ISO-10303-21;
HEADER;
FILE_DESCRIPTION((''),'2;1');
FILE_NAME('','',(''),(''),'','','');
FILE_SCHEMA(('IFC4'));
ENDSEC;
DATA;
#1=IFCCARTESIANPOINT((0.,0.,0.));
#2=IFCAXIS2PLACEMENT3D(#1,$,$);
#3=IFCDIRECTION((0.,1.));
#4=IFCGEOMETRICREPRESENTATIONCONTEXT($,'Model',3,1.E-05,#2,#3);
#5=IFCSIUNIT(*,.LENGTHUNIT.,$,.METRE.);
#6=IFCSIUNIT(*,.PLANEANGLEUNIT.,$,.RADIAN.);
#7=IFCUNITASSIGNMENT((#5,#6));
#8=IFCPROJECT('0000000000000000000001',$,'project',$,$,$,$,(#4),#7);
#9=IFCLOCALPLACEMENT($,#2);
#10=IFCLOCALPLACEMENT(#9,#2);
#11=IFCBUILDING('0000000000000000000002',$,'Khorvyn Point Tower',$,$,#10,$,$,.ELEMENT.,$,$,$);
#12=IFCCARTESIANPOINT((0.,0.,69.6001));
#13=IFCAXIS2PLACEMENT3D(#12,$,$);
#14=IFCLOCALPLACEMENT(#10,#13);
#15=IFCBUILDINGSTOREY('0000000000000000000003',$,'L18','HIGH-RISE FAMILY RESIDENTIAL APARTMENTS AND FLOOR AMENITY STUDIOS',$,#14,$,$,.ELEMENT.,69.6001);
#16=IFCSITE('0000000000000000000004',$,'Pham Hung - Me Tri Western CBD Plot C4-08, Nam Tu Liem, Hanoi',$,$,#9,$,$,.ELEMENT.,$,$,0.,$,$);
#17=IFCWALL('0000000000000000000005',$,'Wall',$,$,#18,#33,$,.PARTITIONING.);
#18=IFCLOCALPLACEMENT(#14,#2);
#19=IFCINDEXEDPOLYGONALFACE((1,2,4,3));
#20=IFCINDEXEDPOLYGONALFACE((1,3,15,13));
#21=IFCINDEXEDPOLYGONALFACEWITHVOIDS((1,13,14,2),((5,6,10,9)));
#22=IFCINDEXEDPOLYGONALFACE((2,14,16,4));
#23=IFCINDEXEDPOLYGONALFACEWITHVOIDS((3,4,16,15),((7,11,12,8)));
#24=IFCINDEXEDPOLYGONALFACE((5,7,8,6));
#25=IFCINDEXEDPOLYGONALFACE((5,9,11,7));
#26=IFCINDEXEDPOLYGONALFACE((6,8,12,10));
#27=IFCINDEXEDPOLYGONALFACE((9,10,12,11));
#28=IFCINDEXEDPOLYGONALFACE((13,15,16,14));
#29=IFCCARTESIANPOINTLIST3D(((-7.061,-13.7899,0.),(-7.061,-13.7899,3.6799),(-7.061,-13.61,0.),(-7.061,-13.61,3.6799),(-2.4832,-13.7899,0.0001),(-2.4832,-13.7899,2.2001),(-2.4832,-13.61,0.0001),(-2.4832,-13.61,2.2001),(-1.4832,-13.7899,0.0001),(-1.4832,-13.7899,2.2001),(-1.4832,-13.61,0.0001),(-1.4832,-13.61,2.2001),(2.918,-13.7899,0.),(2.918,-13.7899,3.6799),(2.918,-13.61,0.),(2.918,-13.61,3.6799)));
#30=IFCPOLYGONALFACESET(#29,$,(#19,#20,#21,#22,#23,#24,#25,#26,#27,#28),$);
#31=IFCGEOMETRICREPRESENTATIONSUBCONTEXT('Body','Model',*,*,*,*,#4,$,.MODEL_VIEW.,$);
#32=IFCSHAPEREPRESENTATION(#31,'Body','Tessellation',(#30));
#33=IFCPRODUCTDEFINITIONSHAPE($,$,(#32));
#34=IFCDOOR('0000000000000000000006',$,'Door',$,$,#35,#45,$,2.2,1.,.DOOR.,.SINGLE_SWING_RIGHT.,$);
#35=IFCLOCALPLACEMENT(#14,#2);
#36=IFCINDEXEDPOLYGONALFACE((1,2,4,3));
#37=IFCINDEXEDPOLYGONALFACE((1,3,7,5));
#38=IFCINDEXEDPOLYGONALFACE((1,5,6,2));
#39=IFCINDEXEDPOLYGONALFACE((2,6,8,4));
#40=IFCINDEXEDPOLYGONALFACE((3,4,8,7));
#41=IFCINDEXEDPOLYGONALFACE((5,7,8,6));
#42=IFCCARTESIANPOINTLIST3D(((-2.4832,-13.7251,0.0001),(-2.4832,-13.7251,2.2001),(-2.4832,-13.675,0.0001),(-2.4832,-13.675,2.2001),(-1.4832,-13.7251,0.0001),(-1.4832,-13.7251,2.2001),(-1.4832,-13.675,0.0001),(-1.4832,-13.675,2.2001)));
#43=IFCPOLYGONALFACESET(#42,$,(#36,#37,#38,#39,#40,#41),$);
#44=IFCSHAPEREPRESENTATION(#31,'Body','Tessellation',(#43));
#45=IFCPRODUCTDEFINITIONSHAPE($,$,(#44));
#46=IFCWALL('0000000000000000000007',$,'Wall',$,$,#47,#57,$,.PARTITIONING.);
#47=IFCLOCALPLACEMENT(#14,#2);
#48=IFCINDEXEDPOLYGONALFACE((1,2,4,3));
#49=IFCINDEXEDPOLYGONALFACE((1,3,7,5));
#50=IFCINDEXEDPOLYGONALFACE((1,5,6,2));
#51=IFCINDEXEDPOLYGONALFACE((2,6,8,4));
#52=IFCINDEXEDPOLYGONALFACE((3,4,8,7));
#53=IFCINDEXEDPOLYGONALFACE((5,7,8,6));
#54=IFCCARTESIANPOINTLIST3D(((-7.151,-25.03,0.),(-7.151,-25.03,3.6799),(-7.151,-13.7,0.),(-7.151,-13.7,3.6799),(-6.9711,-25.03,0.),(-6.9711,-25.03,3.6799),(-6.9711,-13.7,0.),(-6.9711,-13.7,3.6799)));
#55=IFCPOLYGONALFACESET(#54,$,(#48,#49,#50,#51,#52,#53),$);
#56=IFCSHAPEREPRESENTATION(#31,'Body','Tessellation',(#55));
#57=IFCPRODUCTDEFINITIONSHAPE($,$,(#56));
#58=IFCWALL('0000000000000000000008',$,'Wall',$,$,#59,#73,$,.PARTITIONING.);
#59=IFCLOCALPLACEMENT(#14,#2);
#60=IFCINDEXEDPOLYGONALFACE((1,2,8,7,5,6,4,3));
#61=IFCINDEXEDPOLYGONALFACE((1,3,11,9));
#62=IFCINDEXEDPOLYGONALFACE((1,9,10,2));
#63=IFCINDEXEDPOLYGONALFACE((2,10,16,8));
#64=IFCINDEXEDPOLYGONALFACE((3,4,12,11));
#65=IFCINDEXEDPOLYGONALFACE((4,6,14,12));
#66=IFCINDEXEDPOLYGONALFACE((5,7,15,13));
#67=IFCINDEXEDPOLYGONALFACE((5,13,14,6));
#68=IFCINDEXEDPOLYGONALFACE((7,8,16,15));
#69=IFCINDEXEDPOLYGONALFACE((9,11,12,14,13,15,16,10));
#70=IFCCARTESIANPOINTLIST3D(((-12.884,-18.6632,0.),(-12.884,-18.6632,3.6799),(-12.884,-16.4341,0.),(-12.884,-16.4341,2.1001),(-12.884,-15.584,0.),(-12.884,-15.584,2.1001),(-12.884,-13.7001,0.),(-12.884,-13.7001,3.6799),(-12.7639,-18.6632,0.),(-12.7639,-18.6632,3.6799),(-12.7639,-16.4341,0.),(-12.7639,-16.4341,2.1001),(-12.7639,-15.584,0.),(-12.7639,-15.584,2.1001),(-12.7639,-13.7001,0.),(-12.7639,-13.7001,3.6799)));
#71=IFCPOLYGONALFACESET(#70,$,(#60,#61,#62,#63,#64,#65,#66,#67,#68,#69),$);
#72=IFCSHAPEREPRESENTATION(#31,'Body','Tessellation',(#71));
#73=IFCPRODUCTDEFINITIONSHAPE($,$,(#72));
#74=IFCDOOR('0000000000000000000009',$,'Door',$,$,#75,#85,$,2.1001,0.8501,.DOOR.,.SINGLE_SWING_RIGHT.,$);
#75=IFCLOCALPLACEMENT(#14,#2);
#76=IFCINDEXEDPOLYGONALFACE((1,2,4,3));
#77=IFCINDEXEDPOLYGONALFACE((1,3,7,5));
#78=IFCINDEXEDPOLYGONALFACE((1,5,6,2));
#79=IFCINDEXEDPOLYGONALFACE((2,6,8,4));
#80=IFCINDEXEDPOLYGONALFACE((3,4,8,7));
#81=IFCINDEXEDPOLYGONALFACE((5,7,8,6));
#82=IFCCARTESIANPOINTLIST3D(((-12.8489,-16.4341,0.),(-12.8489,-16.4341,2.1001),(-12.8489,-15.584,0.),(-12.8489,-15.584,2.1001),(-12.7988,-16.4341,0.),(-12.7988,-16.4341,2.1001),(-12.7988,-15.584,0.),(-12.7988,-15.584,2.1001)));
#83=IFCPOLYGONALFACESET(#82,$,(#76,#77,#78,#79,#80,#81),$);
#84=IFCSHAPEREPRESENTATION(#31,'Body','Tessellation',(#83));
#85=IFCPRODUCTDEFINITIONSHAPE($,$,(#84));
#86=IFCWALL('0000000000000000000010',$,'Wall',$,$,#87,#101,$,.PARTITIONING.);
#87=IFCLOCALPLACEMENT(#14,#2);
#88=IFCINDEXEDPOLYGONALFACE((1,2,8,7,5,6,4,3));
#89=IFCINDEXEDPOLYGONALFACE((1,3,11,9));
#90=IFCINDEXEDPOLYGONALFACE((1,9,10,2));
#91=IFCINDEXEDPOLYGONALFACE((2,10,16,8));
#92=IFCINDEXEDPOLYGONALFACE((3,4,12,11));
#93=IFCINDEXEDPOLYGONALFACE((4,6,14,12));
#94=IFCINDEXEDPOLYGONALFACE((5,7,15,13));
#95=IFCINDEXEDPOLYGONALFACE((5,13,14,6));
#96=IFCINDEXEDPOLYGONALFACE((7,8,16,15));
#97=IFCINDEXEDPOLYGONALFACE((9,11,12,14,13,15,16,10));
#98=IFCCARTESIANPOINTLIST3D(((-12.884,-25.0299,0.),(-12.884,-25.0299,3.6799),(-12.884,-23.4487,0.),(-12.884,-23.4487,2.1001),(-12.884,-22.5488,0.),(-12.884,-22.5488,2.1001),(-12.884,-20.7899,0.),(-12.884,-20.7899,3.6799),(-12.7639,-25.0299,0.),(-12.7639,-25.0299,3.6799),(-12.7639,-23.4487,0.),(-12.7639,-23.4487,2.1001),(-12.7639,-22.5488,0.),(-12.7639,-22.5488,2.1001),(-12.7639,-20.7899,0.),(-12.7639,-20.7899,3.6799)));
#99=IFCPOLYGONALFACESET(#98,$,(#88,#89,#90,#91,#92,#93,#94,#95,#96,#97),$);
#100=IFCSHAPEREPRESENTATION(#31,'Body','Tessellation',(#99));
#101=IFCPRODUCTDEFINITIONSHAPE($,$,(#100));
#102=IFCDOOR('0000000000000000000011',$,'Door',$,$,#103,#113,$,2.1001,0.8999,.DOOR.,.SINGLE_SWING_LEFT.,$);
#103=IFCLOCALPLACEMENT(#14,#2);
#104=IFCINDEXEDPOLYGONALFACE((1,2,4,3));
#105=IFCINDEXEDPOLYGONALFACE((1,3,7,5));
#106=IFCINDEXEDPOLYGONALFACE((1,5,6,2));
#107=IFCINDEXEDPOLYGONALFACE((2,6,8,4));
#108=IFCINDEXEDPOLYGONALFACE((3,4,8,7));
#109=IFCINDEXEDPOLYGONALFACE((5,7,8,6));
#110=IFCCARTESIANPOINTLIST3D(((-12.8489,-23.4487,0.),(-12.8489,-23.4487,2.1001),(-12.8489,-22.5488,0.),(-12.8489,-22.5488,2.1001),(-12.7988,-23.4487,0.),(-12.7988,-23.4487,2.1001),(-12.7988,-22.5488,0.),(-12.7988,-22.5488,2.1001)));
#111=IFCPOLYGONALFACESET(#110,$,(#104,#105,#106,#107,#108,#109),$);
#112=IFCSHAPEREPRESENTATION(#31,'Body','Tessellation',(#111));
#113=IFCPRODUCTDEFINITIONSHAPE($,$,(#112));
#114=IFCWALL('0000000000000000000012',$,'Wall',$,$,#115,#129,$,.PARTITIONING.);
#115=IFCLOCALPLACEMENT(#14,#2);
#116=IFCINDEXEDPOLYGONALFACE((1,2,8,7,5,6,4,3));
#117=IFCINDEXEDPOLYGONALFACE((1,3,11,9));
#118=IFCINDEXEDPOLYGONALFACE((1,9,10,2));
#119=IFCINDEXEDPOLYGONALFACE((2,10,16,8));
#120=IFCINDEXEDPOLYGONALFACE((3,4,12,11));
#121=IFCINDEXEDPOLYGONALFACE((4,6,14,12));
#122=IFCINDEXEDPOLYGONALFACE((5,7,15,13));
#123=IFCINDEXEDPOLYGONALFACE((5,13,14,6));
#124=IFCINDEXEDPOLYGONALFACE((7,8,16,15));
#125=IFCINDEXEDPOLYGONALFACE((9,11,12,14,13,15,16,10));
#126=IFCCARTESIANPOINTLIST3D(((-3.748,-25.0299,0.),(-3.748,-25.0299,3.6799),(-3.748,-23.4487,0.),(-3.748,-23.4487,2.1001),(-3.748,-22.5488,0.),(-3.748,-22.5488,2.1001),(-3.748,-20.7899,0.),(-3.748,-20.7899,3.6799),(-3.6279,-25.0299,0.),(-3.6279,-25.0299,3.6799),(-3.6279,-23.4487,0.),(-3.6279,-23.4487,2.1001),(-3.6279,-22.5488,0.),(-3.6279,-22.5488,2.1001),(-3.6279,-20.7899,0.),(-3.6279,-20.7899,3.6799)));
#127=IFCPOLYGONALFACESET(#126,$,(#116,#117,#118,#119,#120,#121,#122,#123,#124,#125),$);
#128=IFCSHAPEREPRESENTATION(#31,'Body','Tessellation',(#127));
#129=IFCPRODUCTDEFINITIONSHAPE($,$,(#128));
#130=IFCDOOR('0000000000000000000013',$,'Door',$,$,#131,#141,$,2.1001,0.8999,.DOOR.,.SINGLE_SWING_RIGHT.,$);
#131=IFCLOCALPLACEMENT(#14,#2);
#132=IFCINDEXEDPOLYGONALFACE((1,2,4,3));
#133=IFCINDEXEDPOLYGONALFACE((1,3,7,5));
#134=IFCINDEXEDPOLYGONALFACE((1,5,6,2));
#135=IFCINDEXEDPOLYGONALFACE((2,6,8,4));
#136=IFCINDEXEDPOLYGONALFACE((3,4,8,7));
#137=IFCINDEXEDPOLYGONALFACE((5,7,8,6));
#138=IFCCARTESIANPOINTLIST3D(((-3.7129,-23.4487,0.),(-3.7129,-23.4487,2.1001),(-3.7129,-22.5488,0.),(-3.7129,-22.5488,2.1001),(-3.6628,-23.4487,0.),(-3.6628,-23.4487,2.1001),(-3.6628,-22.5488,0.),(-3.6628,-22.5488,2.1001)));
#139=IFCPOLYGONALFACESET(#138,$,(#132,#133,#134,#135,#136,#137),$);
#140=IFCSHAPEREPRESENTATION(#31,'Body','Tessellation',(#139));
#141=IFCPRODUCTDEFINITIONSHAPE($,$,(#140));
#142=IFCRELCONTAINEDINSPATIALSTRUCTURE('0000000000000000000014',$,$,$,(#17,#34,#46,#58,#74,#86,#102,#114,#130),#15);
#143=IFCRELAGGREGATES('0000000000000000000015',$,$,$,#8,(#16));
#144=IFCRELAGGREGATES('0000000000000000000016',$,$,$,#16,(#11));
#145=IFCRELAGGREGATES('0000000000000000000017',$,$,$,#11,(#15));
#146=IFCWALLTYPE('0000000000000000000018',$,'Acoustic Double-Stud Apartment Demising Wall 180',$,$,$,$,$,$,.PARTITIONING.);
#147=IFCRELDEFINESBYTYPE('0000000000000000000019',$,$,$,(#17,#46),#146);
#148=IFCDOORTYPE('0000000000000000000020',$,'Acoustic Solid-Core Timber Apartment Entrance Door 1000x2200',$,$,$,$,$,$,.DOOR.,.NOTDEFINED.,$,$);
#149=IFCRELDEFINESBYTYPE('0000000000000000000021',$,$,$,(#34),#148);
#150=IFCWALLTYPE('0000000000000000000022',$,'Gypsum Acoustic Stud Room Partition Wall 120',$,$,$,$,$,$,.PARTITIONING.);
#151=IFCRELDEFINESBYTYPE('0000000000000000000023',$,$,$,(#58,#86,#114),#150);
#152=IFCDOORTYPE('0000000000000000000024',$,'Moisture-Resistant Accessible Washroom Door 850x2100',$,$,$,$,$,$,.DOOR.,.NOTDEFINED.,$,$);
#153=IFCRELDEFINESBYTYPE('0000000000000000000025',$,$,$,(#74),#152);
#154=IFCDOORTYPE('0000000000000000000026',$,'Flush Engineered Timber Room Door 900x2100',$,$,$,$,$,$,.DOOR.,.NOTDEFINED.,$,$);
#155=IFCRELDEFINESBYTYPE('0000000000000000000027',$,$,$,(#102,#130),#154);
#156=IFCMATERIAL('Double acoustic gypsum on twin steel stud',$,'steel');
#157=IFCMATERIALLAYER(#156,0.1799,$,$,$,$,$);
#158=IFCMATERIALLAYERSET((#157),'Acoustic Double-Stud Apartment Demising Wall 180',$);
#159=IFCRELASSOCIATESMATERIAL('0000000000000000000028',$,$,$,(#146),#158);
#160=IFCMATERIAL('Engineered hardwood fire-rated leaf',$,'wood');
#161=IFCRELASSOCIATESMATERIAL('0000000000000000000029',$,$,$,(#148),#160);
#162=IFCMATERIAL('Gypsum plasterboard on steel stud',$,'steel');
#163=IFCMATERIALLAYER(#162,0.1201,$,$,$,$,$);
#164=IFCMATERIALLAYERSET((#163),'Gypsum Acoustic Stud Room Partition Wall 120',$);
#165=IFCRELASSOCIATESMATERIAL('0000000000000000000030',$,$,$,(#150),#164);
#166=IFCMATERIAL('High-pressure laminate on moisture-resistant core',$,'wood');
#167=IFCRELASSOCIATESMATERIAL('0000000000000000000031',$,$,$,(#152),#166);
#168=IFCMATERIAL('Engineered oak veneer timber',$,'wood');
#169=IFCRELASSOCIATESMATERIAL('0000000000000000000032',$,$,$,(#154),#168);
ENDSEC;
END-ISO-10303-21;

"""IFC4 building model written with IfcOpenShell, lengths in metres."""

from ifc_helpers import new_model, si_unit, direction, frame, frame_2d, origin, place, context, subcontext, project, spatial, rectangle, extrude, material, layer, layer_set, type_object, element, fill, save


model = new_model("IFC4")

# Units and contexts
model_context = context("Model", 3, precision=1e-05, world=origin(), true_north=direction((0.0, 1.0)))
body_context = subcontext(model_context, "Body", "Model", "MODEL_VIEW")
ifc_project = project(units=[si_unit("LENGTHUNIT", "METRE"), si_unit("PLANEANGLEUNIT", "RADIAN")], contexts=[model_context])

# Site, building, storey
site_placement = place(None, origin())
site = spatial("IfcSite", under=ifc_project, at=site_placement, Name="Pham Hung - Me Tri Western CBD Plot C4-08, Nam Tu Liem, Hanoi", CompositionType="ELEMENT", RefElevation=0.0)
building_placement = place(site_placement, origin())
building = spatial("IfcBuilding", under=site, at=building_placement, Name="Khorvyn Point Tower", CompositionType="ELEMENT")
storey_placement = place(building_placement, frame((0.0, 0.0, 69.6001)))
storey = spatial("IfcBuildingStorey", under=building, at=storey_placement, Name="L18", Description="HIGH-RISE FAMILY RESIDENTIAL APARTMENTS AND FLOOR AMENITY STUDIOS", CompositionType="ELEMENT", Elevation=69.6001)

# Wall, opening, door
ifc_material_1 = material(Name="Double acoustic gypsum on twin steel stud", Category="steel")
ifc_layer_1 = layer(ifc_material_1, 0.1799)
ifc_layer_set_1 = layer_set([ifc_layer_1], Name="Acoustic Double-Stud Apartment Demising Wall 180")
wall_type_1 = type_object("IfcWallType", Name="Acoustic Double-Stud Apartment Demising Wall 180", PredefinedType="PARTITIONING", material=ifc_layer_set_1)
wall_1_placement = place(storey_placement, frame((-7.061, -13.7, 0.0), z_axis=(0.0, 0.0, 1.0), x_axis=(1.0, 0.0, 0.0)))
wall_1 = element("IfcWall", 1, at=wall_1_placement, inside=storey, type_object=wall_type_1, Name="Wall", PredefinedType="PARTITIONING", context=body_context, shape_type="SweptSolid", body=[
    extrude(rectangle(XDim=9.979, YDim=0.1799, at=frame_2d((4.9895, 0.0))), origin(), (0.0, 0.0, 1.0), 3.6799),
])
opening_1_placement = place(wall_1_placement, frame((4.5779, 0.0, 0.0)))
opening_1 = element("IfcOpeningElement", 2, at=opening_1_placement, cuts=wall_1, PredefinedType="OPENING", context=body_context, shape_type="SweptSolid", body=[
    extrude(rectangle(XDim=1.0, YDim=2.2, at=frame_2d((0.5, 1.1001))), frame((0.0, 0.0999, 0.0), z_axis=(0.0, -1.0, 0.0), x_axis=(1.0, 0.0, 0.0)), (0.0, 0.0, 1.0), 0.2),
])
ifc_material_2 = material(Name="Engineered hardwood fire-rated leaf", Category="wood")
door_type_1 = type_object("IfcDoorType", Name="Acoustic Solid-Core Timber Apartment Entrance Door 1000x2200", OperationType="NOTDEFINED", PredefinedType="DOOR", material=ifc_material_2)
door_1_placement = place(opening_1_placement, origin())
door_1 = element("IfcDoor", 3, at=door_1_placement, inside=storey, type_object=door_type_1, Name="Door", OperationType="SINGLE_SWING_RIGHT", OverallHeight=2.2, OverallWidth=1.0, PredefinedType="DOOR", context=body_context, shape_type="SweptSolid", body=[
    extrude(rectangle(XDim=1.0, YDim=2.2, at=frame_2d((0.5, 1.1001))), frame((0.0, 0.0249, 0.0), z_axis=(0.0, -1.0, 0.0), x_axis=(1.0, 0.0, 0.0)), (0.0, 0.0, 1.0), 0.05),
])
fill(opening_1, door_1)

# Wall
wall_2_placement = place(storey_placement, frame((-7.061, -25.03, 0.0), z_axis=(0.0, 0.0, 1.0), x_axis=(0.0, 1.0, 0.0)))
element("IfcWall", 4, at=wall_2_placement, inside=storey, type_object=wall_type_1, Name="Wall", PredefinedType="PARTITIONING", context=body_context, shape_type="SweptSolid", body=[
    extrude(rectangle(XDim=11.3301, YDim=0.1799, at=frame_2d((5.665, 0.0))), origin(), (0.0, 0.0, 1.0), 3.6799),
])

# Walls, openings, doors
ifc_material_3 = material(Name="Gypsum plasterboard on steel stud", Category="steel")
ifc_layer_2 = layer(ifc_material_3, 0.1201)
ifc_layer_set_2 = layer_set([ifc_layer_2], Name="Gypsum Acoustic Stud Room Partition Wall 120")
wall_type_2 = type_object("IfcWallType", Name="Gypsum Acoustic Stud Room Partition Wall 120", PredefinedType="PARTITIONING", material=ifc_layer_set_2)
wall_3_placement = place(storey_placement, frame((-12.824, -18.6631, 0.0), z_axis=(0.0, 0.0, 1.0), x_axis=(0.0, 1.0, 0.0)))
wall_3 = element("IfcWall", 5, at=wall_3_placement, inside=storey, type_object=wall_type_2, Name="Wall", PredefinedType="PARTITIONING", context=body_context, shape_type="SweptSolid", body=[
    extrude(rectangle(XDim=4.9631, YDim=0.1201, at=frame_2d((2.4814, 0.0))), origin(), (0.0, 0.0, 1.0), 3.6799),
])
opening_2_placement = place(wall_3_placement, frame((2.229, 0.0, 0.0)))
opening_2 = element("IfcOpeningElement", 6, at=opening_2_placement, cuts=wall_3, PredefinedType="OPENING", context=body_context, shape_type="SweptSolid", body=[
    extrude(rectangle(XDim=0.8501, YDim=2.1001, at=frame_2d((0.425, 1.05))), frame((0.0, 0.0701, 0.0), z_axis=(0.0, -1.0, 0.0), x_axis=(1.0, 0.0, 0.0)), (0.0, 0.0, 1.0), 0.1401),
])
ifc_material_4 = material(Name="High-pressure laminate on moisture-resistant core", Category="wood")
door_type_2 = type_object("IfcDoorType", Name="Moisture-Resistant Accessible Washroom Door 850x2100", OperationType="NOTDEFINED", PredefinedType="DOOR", material=ifc_material_4)
door_2_placement = place(opening_2_placement, origin())
door_2 = element("IfcDoor", 7, at=door_2_placement, inside=storey, type_object=door_type_2, Name="Door", OperationType="SINGLE_SWING_RIGHT", OverallHeight=2.1001, OverallWidth=0.8501, PredefinedType="DOOR", context=body_context, shape_type="SweptSolid", body=[
    extrude(rectangle(XDim=0.8501, YDim=2.1001, at=frame_2d((0.425, 1.05))), frame((0.0, 0.0249, 0.0), z_axis=(0.0, -1.0, 0.0), x_axis=(1.0, 0.0, 0.0)), (0.0, 0.0, 1.0), 0.05),
])
fill(opening_2, door_2)
wall_4_placement = place(storey_placement, frame((-12.824, -25.03, 0.0), z_axis=(0.0, 0.0, 1.0), x_axis=(0.0, 1.0, 0.0)))
wall_4 = element("IfcWall", 8, at=wall_4_placement, inside=storey, type_object=wall_type_2, Name="Wall", PredefinedType="PARTITIONING", context=body_context, shape_type="SweptSolid", body=[
    extrude(rectangle(XDim=4.24, YDim=0.1201, at=frame_2d((2.1201, 0.0))), origin(), (0.0, 0.0, 1.0), 3.6799),
])
opening_3_placement = place(wall_4_placement, frame((1.5813, 0.0, 0.0)))
opening_3 = element("IfcOpeningElement", 9, at=opening_3_placement, cuts=wall_4, PredefinedType="OPENING", context=body_context, shape_type="SweptSolid", body=[
    extrude(rectangle(XDim=0.8999, YDim=2.1001, at=frame_2d((0.45, 1.05))), frame((0.0, 0.0701, 0.0), z_axis=(0.0, -1.0, 0.0), x_axis=(1.0, 0.0, 0.0)), (0.0, 0.0, 1.0), 0.1401),
])
ifc_material_5 = material(Name="Engineered oak veneer timber", Category="wood")
door_type_3 = type_object("IfcDoorType", Name="Flush Engineered Timber Room Door 900x2100", OperationType="NOTDEFINED", PredefinedType="DOOR", material=ifc_material_5)
door_3_placement = place(opening_3_placement, origin())
door_3 = element("IfcDoor", 10, at=door_3_placement, inside=storey, type_object=door_type_3, Name="Door", OperationType="SINGLE_SWING_LEFT", OverallHeight=2.1001, OverallWidth=0.8999, PredefinedType="DOOR", context=body_context, shape_type="SweptSolid", body=[
    extrude(rectangle(XDim=0.8999, YDim=2.1001, at=frame_2d((0.45, 1.05))), frame((0.0, 0.0249, 0.0), z_axis=(0.0, -1.0, 0.0), x_axis=(1.0, 0.0, 0.0)), (0.0, 0.0, 1.0), 0.05),
])
fill(opening_3, door_3)
wall_5_placement = place(storey_placement, frame((-3.688, -25.03, 0.0), z_axis=(0.0, 0.0, 1.0), x_axis=(0.0, 1.0, 0.0)))
wall_5 = element("IfcWall", 11, at=wall_5_placement, inside=storey, type_object=wall_type_2, Name="Wall", PredefinedType="PARTITIONING", context=body_context, shape_type="SweptSolid", body=[
    extrude(rectangle(XDim=4.24, YDim=0.1201, at=frame_2d((2.1201, 0.0))), origin(), (0.0, 0.0, 1.0), 3.6799),
])
opening_4_placement = place(wall_5_placement, frame((1.5813, 0.0, 0.0)))
opening_4 = element("IfcOpeningElement", 12, at=opening_4_placement, cuts=wall_5, PredefinedType="OPENING", context=body_context, shape_type="SweptSolid", body=[
    extrude(rectangle(XDim=0.8999, YDim=2.1001, at=frame_2d((0.45, 1.05))), frame((0.0, 0.0701, 0.0), z_axis=(0.0, -1.0, 0.0), x_axis=(1.0, 0.0, 0.0)), (0.0, 0.0, 1.0), 0.1401),
])
door_4_placement = place(opening_4_placement, origin())
door_4 = element("IfcDoor", 13, at=door_4_placement, inside=storey, type_object=door_type_3, Name="Door", OperationType="SINGLE_SWING_RIGHT", OverallHeight=2.1001, OverallWidth=0.8999, PredefinedType="DOOR", context=body_context, shape_type="SweptSolid", body=[
    extrude(rectangle(XDim=0.8999, YDim=2.1001, at=frame_2d((0.45, 1.05))), frame((0.0, 0.0249, 0.0), z_axis=(0.0, -1.0, 0.0), x_axis=(1.0, 0.0, 0.0)), (0.0, 0.0, 1.0), 0.05),
])
fill(opening_4, door_4)

save(model, "model.ifc")
